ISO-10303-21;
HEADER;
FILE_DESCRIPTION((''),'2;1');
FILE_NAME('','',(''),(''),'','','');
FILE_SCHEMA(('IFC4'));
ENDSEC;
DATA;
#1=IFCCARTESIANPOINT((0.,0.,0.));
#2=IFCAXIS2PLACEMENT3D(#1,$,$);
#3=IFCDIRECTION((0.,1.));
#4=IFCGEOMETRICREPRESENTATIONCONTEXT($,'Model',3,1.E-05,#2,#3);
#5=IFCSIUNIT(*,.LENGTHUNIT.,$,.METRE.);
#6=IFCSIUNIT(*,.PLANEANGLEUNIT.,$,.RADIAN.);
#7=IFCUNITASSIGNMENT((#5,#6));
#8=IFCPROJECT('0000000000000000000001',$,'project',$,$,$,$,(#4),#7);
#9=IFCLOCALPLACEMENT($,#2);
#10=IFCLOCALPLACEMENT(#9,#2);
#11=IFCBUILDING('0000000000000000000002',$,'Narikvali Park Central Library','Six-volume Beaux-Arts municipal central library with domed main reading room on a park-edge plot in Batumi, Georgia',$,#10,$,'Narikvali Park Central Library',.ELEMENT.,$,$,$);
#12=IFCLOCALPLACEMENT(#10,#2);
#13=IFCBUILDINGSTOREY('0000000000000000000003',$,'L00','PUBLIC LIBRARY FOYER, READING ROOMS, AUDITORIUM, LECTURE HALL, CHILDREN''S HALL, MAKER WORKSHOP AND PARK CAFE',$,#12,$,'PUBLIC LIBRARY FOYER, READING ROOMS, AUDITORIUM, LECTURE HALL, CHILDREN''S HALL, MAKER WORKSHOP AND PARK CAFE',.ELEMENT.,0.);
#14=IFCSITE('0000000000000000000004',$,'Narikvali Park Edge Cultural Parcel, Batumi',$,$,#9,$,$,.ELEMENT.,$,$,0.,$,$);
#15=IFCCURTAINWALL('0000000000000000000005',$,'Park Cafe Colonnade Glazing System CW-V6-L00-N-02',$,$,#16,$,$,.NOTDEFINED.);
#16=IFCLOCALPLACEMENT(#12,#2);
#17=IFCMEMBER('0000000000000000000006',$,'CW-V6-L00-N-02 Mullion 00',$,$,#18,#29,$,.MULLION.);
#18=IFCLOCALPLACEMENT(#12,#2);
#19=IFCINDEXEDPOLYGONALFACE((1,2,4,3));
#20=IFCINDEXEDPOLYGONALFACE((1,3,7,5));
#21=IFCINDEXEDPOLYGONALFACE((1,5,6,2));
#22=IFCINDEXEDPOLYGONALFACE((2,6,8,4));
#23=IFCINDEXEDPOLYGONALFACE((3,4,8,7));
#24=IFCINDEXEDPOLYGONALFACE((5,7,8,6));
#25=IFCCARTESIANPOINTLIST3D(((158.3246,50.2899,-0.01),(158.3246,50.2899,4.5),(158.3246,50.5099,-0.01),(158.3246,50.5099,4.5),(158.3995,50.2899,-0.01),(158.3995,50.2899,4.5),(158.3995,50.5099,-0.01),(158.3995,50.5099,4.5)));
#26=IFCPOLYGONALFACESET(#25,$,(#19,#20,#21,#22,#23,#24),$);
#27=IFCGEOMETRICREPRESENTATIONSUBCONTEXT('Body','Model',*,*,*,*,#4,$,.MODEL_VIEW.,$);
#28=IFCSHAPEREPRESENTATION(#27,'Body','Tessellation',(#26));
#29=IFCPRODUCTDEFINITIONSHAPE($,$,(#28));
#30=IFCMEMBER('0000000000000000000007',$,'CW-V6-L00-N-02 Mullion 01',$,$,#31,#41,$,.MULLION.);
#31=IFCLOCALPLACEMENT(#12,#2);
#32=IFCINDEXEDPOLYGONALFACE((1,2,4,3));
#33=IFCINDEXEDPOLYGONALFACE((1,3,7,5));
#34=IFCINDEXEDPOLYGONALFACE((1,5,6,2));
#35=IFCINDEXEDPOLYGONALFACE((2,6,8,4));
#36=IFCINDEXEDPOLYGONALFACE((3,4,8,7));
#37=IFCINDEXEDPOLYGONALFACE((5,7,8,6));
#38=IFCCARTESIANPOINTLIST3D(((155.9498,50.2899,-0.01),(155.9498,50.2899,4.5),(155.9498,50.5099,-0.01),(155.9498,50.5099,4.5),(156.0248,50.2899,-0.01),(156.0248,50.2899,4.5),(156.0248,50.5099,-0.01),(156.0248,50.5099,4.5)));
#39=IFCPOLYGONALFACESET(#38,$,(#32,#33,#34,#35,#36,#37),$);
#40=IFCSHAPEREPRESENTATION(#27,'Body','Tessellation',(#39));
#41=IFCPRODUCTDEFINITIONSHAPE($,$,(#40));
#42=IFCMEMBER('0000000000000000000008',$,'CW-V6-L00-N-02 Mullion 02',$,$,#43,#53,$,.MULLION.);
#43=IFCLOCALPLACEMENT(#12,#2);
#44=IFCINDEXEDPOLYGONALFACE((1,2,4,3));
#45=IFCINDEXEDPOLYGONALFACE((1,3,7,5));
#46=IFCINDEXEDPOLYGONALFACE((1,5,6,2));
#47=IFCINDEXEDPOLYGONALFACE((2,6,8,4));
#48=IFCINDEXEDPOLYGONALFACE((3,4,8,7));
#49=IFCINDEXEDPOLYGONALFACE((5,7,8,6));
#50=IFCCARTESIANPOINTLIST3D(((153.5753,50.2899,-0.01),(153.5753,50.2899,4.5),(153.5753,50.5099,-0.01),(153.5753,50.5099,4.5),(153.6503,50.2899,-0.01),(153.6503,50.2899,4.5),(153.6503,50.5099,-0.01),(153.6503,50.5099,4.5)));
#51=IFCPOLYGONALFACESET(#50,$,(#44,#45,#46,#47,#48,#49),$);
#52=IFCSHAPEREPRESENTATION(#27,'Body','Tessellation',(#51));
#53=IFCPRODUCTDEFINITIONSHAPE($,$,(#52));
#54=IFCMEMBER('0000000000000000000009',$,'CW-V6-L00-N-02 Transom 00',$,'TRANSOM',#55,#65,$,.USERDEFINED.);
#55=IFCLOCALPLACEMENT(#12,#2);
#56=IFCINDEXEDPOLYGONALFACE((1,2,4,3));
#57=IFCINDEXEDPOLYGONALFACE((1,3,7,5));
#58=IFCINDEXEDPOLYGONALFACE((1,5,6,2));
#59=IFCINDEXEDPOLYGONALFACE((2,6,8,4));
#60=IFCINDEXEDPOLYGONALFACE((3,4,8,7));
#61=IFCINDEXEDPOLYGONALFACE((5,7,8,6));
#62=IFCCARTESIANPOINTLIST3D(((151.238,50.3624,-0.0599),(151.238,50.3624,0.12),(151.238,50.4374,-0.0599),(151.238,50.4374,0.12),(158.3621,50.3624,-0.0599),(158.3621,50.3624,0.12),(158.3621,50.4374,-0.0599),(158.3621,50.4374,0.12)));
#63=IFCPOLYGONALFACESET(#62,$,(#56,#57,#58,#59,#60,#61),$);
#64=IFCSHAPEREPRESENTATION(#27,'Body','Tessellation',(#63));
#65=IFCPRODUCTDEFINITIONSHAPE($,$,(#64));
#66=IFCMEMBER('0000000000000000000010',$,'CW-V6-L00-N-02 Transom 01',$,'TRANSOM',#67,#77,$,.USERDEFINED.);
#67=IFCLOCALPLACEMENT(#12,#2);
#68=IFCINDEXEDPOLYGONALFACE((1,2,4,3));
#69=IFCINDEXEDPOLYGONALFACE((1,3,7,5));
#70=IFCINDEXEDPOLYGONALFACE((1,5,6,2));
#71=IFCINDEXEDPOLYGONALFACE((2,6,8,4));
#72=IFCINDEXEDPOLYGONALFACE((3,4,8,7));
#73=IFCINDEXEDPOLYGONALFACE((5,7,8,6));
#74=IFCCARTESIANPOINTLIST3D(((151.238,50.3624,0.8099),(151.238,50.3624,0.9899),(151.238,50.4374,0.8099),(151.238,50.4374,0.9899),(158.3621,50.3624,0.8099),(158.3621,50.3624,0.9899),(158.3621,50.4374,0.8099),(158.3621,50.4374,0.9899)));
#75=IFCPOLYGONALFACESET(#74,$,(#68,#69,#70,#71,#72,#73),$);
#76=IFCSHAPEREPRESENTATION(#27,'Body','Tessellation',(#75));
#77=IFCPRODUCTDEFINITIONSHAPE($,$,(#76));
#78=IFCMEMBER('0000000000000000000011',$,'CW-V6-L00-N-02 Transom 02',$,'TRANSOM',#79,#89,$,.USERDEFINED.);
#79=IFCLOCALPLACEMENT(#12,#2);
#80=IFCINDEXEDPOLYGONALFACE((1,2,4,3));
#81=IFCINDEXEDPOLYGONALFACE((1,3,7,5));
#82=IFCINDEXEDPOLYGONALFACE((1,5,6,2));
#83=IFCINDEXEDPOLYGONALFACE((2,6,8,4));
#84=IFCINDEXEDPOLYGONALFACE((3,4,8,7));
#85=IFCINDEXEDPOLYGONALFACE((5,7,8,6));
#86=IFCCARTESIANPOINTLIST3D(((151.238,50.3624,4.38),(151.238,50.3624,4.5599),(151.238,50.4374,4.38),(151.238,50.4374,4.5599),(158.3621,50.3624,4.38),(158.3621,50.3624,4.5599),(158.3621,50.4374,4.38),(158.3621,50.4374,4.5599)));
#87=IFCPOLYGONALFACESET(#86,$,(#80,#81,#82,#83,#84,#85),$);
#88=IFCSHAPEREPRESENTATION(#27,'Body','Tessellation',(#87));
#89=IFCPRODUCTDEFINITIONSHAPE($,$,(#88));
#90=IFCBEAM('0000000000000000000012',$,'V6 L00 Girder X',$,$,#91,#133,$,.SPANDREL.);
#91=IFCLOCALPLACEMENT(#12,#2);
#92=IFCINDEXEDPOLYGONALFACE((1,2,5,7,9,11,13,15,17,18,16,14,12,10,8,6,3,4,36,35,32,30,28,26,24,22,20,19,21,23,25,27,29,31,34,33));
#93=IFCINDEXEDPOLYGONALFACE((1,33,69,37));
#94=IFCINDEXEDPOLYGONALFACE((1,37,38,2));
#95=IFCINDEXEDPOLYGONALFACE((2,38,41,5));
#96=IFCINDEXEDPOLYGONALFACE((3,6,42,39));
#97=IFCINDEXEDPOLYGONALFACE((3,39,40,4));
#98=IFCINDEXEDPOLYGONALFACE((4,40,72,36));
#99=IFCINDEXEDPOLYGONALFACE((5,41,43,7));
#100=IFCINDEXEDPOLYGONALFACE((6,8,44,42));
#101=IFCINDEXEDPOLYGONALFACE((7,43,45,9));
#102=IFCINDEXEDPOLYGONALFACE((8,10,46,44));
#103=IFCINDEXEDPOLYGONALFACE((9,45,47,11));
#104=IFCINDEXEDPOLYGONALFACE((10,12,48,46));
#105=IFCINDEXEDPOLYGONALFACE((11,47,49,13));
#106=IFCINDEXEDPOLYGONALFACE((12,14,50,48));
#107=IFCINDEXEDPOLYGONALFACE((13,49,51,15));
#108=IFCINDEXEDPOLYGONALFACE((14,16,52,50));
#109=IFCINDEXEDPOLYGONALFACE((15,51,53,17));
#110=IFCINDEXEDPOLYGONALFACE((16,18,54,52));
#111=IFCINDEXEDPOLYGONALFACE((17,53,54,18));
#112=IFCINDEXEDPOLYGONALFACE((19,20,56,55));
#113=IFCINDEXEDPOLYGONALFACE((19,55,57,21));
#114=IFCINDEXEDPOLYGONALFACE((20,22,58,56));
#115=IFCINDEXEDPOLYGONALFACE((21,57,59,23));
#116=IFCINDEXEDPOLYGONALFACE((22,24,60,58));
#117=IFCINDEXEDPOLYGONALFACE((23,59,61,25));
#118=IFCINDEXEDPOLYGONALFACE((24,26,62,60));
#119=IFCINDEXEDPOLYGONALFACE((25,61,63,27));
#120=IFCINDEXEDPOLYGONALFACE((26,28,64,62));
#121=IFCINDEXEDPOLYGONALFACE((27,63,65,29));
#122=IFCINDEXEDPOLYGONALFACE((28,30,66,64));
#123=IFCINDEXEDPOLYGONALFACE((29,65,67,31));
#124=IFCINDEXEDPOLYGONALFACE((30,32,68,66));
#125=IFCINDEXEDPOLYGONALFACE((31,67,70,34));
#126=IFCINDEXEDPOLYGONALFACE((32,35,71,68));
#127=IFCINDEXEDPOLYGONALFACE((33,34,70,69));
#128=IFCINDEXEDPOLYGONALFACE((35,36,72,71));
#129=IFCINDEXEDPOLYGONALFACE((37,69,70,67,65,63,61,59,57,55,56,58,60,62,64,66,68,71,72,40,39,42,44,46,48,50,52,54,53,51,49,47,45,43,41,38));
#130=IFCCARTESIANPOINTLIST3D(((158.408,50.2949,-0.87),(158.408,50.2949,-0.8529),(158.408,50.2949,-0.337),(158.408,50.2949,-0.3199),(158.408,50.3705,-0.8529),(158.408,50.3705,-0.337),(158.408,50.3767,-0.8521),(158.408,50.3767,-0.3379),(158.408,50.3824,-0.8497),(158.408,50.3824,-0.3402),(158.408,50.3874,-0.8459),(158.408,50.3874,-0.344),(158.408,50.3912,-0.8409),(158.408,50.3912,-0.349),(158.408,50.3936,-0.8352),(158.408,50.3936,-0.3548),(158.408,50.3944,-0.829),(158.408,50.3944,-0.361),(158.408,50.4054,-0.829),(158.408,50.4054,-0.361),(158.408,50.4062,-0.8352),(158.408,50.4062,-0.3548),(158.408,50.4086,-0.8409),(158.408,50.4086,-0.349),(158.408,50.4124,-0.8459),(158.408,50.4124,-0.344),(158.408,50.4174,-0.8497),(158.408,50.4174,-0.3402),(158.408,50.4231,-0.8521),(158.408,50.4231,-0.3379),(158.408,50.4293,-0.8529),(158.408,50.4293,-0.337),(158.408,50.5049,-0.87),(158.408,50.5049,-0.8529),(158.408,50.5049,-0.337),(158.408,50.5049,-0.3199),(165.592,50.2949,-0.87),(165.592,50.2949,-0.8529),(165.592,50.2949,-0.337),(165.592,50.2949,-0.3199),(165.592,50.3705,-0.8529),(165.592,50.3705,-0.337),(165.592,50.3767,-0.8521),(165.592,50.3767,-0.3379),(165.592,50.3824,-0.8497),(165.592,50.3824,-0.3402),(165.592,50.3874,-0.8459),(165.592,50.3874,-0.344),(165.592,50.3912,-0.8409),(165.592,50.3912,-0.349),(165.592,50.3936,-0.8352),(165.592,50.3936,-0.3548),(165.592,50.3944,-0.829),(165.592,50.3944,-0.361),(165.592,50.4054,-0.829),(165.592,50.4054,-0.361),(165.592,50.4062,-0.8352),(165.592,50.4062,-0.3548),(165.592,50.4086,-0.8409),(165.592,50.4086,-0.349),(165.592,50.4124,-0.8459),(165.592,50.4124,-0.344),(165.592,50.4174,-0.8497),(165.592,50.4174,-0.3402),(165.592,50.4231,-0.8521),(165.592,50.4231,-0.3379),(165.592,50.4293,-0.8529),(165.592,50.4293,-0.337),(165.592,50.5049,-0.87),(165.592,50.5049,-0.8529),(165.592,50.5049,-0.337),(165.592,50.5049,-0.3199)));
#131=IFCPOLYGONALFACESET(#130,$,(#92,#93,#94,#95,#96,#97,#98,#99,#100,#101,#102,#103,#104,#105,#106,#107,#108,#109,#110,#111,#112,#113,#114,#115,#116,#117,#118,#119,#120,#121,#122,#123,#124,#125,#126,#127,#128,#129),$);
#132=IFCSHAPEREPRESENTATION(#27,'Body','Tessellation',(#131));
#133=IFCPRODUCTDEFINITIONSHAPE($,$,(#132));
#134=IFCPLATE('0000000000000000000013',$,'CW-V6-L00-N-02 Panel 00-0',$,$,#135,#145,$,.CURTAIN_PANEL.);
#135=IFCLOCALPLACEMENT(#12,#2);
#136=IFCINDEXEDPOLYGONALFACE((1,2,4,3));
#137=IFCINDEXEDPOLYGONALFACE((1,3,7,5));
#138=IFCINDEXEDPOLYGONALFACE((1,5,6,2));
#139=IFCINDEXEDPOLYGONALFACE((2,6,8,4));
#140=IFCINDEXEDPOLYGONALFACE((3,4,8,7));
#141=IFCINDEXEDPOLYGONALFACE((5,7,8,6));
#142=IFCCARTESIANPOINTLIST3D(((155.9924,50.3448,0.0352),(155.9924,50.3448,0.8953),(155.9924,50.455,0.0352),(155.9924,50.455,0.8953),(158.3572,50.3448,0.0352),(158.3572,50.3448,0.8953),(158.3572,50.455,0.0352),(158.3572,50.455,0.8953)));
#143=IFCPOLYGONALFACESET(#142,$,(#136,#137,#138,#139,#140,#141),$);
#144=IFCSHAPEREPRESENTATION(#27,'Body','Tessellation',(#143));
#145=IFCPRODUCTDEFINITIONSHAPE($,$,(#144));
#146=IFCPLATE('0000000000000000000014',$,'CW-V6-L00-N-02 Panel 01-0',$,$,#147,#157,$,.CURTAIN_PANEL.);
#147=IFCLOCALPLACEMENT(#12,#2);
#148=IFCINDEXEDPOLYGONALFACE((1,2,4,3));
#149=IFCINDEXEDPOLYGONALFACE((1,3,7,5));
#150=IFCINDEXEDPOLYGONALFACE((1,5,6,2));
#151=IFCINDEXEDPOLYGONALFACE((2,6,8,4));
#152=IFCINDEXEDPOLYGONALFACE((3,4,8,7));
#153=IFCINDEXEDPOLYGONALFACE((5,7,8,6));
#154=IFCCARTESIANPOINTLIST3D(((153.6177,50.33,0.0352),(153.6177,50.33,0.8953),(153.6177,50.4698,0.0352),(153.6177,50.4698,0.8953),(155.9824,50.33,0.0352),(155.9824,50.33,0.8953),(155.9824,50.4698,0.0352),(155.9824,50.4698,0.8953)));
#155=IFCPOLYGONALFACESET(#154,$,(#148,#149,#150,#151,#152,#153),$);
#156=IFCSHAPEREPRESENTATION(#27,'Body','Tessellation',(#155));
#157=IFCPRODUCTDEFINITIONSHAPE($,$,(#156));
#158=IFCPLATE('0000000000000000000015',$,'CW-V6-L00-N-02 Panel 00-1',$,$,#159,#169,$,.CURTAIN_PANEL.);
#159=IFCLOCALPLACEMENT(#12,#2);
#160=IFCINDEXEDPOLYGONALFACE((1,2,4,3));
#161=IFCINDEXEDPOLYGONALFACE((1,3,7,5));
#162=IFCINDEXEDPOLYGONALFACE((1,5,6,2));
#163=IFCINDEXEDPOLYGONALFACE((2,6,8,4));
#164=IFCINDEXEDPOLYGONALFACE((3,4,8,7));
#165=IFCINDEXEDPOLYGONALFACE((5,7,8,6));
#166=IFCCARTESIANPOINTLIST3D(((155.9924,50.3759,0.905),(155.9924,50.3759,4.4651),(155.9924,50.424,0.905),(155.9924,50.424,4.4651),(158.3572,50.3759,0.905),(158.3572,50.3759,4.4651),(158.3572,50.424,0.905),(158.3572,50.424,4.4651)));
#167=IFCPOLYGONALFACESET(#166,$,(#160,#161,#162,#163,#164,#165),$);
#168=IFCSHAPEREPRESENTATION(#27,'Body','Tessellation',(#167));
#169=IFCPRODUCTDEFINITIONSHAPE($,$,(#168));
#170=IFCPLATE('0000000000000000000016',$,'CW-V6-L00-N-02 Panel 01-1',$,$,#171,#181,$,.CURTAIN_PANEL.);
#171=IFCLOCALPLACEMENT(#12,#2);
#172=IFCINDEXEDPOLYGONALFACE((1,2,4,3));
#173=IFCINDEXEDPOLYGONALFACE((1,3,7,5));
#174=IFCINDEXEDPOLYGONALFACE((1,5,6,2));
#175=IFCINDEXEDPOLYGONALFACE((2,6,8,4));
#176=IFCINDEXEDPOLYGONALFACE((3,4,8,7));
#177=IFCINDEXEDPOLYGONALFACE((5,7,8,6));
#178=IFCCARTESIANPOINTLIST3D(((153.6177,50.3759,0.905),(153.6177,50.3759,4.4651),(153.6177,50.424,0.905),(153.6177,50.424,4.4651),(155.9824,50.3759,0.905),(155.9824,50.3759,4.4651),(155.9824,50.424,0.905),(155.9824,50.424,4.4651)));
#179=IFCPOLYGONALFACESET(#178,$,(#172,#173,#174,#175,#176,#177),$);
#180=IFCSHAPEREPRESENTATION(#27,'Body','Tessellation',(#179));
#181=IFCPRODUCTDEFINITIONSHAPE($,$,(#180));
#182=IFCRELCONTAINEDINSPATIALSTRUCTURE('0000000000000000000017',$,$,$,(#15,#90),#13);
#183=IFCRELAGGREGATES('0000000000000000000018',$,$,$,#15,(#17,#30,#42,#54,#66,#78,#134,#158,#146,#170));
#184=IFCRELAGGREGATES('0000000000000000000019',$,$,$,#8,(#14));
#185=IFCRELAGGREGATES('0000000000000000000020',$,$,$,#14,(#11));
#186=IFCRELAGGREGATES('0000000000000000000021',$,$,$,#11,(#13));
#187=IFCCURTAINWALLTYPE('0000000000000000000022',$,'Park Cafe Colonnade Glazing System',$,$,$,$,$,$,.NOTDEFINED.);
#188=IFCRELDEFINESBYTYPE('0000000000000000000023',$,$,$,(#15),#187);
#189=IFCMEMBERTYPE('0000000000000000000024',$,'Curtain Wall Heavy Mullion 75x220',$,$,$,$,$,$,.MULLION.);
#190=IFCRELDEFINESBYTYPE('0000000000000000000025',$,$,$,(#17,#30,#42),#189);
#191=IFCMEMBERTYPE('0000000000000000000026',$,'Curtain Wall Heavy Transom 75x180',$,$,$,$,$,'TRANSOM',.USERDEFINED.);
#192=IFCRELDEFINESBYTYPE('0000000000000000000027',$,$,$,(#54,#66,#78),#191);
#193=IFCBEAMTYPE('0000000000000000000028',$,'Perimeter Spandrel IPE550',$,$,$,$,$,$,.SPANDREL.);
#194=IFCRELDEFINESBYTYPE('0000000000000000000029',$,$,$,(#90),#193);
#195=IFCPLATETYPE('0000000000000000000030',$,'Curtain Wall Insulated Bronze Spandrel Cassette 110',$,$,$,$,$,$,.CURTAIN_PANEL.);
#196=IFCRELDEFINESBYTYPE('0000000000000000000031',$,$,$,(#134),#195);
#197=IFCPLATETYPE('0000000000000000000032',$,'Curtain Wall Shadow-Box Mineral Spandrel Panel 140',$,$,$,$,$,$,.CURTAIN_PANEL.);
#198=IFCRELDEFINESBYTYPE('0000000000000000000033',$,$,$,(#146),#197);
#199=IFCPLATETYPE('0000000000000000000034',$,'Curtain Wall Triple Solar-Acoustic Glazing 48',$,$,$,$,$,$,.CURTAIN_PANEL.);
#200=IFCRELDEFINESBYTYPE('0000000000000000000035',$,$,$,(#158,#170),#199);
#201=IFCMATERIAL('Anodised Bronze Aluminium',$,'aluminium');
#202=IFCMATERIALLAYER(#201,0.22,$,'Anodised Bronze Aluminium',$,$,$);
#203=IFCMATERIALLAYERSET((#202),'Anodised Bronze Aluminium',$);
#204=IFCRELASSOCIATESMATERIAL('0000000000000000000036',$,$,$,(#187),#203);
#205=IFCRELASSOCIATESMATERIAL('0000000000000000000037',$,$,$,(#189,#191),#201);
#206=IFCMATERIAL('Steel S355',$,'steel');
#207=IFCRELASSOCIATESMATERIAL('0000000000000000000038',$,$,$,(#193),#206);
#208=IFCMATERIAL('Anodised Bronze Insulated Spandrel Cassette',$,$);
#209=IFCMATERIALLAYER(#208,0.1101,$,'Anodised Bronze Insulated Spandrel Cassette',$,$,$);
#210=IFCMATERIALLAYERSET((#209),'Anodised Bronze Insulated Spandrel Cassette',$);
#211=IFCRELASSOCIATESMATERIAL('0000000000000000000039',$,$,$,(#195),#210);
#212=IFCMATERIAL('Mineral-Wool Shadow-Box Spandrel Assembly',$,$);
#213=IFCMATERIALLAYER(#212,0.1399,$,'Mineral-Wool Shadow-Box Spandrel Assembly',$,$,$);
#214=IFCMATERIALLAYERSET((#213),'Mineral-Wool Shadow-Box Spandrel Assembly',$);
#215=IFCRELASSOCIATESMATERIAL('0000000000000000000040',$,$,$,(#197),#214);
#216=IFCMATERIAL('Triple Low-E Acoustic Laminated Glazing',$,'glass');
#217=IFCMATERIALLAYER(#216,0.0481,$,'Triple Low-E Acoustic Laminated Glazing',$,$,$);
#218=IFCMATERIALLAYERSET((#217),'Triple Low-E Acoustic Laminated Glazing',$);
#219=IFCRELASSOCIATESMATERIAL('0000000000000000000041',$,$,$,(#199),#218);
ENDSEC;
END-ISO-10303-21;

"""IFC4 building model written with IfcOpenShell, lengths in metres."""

from ifc_helpers import new_model, si_unit, direction, frame, origin, origin_2d, place, context, subcontext, project, spatial, rectangle, i_section, extrude, material, layer, layer_set, material_profile, profile_set, type_object, element, aggregate, save


model = new_model("IFC4")

# Units and contexts
model_context = context("Model", 3, precision=1e-05, world=origin(), true_north=direction((0.0, 1.0)))
body_context = subcontext(model_context, "Body", "Model", "MODEL_VIEW")
ifc_project = project(units=[si_unit("LENGTHUNIT", "METRE"), si_unit("PLANEANGLEUNIT", "RADIAN")], contexts=[model_context])

# Site, building, storey
site_placement = place(None, origin())
site = spatial("IfcSite", under=ifc_project, at=site_placement, Name="Narikvali Park Edge Cultural Parcel, Batumi", CompositionType="ELEMENT", RefElevation=0.0)
building_placement = place(site_placement, origin())
building = spatial("IfcBuilding", under=site, at=building_placement, Name="Narikvali Park Central Library", Description="Six-volume Beaux-Arts municipal central library with domed main reading room on a park-edge plot in Batumi, Georgia", LongName="Narikvali Park Central Library", CompositionType="ELEMENT")
storey_placement = place(building_placement, origin())
storey = spatial("IfcBuildingStorey", under=building, at=storey_placement, Name="L00", Description="PUBLIC LIBRARY FOYER, READING ROOMS, AUDITORIUM, LECTURE HALL, CHILDREN'S HALL, MAKER WORKSHOP AND PARK CAFE", LongName="PUBLIC LIBRARY FOYER, READING ROOMS, AUDITORIUM, LECTURE HALL, CHILDREN'S HALL, MAKER WORKSHOP AND PARK CAFE", CompositionType="ELEMENT", Elevation=0.0)

# Shared definitions
ifc_material_1 = material(Name="Steel S355", Category="steel")

# Curtain wall, members
ifc_material_2 = material(Name="Anodised Bronze Aluminium", Category="aluminium")
ifc_layer_1 = layer(ifc_material_2, 0.22, Name="Anodised Bronze Aluminium")
ifc_layer_set_1 = layer_set([ifc_layer_1], Name="Anodised Bronze Aluminium")
curtain_wall_type = type_object("IfcCurtainWallType", Name="Park Cafe Colonnade Glazing System", PredefinedType="NOTDEFINED", material=ifc_layer_set_1)
curtain_wall_placement = place(storey_placement, origin())
curtain_wall = element("IfcCurtainWall", 1, at=curtain_wall_placement, inside=storey, type_object=curtain_wall_type, Name="Park Cafe Colonnade Glazing System CW-V6-L00-N-02", PredefinedType="NOTDEFINED")
ifc_material_profile_1 = material_profile(ifc_material_2, rectangle(XDim=0.075, YDim=0.22, at=origin_2d()), Name="CW MULLION 75x220")
ifc_profile_set_1 = profile_set([ifc_material_profile_1], Name="Anodised Bronze Aluminium")
member_type_1 = type_object("IfcMemberType", Name="Curtain Wall Heavy Mullion 75x220", PredefinedType="MULLION", material=ifc_profile_set_1)
member_1_placement = place(storey_placement, frame((158.3621, 50.3999, -0.01), z_axis=(0.0, 0.0, 1.0), x_axis=(1.0, 0.0, 0.0)))
member_1 = element("IfcMember", 2, at=member_1_placement, type_object=member_type_1, Name="CW-V6-L00-N-02 Mullion 00", PredefinedType="MULLION", context=body_context, shape_type="SweptSolid", body=[
    extrude(rectangle(XDim=0.075, YDim=0.22, at=origin_2d()), origin(), (0.0, 0.0, 1.0), 4.51),
])
member_2_placement = place(storey_placement, frame((155.9873, 50.3999, -0.01), z_axis=(0.0, 0.0, 1.0), x_axis=(1.0, 0.0, 0.0)))
member_2 = element("IfcMember", 3, at=member_2_placement, type_object=member_type_1, Name="CW-V6-L00-N-02 Mullion 01", PredefinedType="MULLION", context=body_context, shape_type="SweptSolid", body=[
    extrude(rectangle(XDim=0.075, YDim=0.22, at=origin_2d()), origin(), (0.0, 0.0, 1.0), 4.51),
])
member_3_placement = place(storey_placement, frame((153.6128, 50.3999, -0.01), z_axis=(0.0, 0.0, 1.0), x_axis=(1.0, 0.0, 0.0)))
member_3 = element("IfcMember", 4, at=member_3_placement, type_object=member_type_1, Name="CW-V6-L00-N-02 Mullion 02", PredefinedType="MULLION", context=body_context, shape_type="SweptSolid", body=[
    extrude(rectangle(XDim=0.075, YDim=0.22, at=origin_2d()), origin(), (0.0, 0.0, 1.0), 4.51),
])
ifc_material_profile_2 = material_profile(ifc_material_2, rectangle(XDim=0.075, YDim=0.1799, at=origin_2d()), Name="CW TRANSOM 75x180")
ifc_profile_set_2 = profile_set([ifc_material_profile_2], Name="Anodised Bronze Aluminium")
member_type_2 = type_object("IfcMemberType", Name="Curtain Wall Heavy Transom 75x180", ElementType="TRANSOM", PredefinedType="USERDEFINED", material=ifc_profile_set_2)
member_4_placement = place(storey_placement, frame((158.3621, 50.3999, 0.03), z_axis=(-1.0, 0.0, 0.0), x_axis=(0.0, -1.0, 0.0)))
member_4 = element("IfcMember", 5, at=member_4_placement, type_object=member_type_2, Name="CW-V6-L00-N-02 Transom 00", ObjectType="TRANSOM", PredefinedType="USERDEFINED", context=body_context, shape_type="SweptSolid", body=[
    extrude(rectangle(XDim=0.075, YDim=0.1799, at=origin_2d()), origin(), (0.0, 0.0, 1.0), 7.124),
])
member_5_placement = place(storey_placement, frame((158.3621, 50.3999, 0.8999), z_axis=(-1.0, 0.0, 0.0), x_axis=(0.0, -1.0, 0.0)))
member_5 = element("IfcMember", 6, at=member_5_placement, type_object=member_type_2, Name="CW-V6-L00-N-02 Transom 01", ObjectType="TRANSOM", PredefinedType="USERDEFINED", context=body_context, shape_type="SweptSolid", body=[
    extrude(rectangle(XDim=0.075, YDim=0.1799, at=origin_2d()), origin(), (0.0, 0.0, 1.0), 7.124),
])
member_6_placement = place(storey_placement, frame((158.3621, 50.3999, 4.47), z_axis=(-1.0, 0.0, 0.0), x_axis=(0.0, -1.0, 0.0)))
member_6 = element("IfcMember", 7, at=member_6_placement, type_object=member_type_2, Name="CW-V6-L00-N-02 Transom 02", ObjectType="TRANSOM", PredefinedType="USERDEFINED", context=body_context, shape_type="SweptSolid", body=[
    extrude(rectangle(XDim=0.075, YDim=0.1799, at=origin_2d()), origin(), (0.0, 0.0, 1.0), 7.124),
])

# Beam
ifc_material_profile_3 = material_profile(ifc_material_1, i_section(OverallWidth=0.21, OverallDepth=0.55, WebThickness=0.011, FlangeThickness=0.0171, FilletRadius=0.0239, at=origin_2d()), Name="IPE 550")
ifc_profile_set_3 = profile_set([ifc_material_profile_3], Name="Steel S355")
beam_type_1 = type_object("IfcBeamType", Name="Perimeter Spandrel IPE550", PredefinedType="SPANDREL", material=ifc_profile_set_3)
beam_1_placement = place(storey_placement, frame((158.408, 50.3999, -0.595), z_axis=(1.0, 0.0, 0.0), x_axis=(0.0, 1.0, 0.0)))
element("IfcBeam", 8, at=beam_1_placement, inside=storey, type_object=beam_type_1, Name="V6 L00 Girder X", PredefinedType="SPANDREL", context=body_context, shape_type="SweptSolid", body=[
    extrude(i_section(OverallWidth=0.21, OverallDepth=0.55, WebThickness=0.011, FlangeThickness=0.0171, FilletRadius=0.0239, at=origin_2d()), origin(), (0.0, 0.0, 1.0), 7.1841),
])

# Plates
ifc_material_3 = material(Name="Anodised Bronze Insulated Spandrel Cassette")
ifc_layer_2 = layer(ifc_material_3, 0.1101, Name="Anodised Bronze Insulated Spandrel Cassette")
ifc_layer_set_2 = layer_set([ifc_layer_2], Name="Anodised Bronze Insulated Spandrel Cassette")
plate_type_1 = type_object("IfcPlateType", Name="Curtain Wall Insulated Bronze Spandrel Cassette 110", PredefinedType="CURTAIN_PANEL", material=ifc_layer_set_2)
plate_1_placement = place(storey_placement, frame((157.1748, 50.3999, 0.0352), z_axis=(0.0, 0.0, 1.0), x_axis=(-1.0, 0.0, 0.0)))
plate_1 = element("IfcPlate", 9, at=plate_1_placement, type_object=plate_type_1, Name="CW-V6-L00-N-02 Panel 00-0", PredefinedType="CURTAIN_PANEL", context=body_context, shape_type="SweptSolid", body=[
    extrude(rectangle(XDim=2.3647, YDim=0.1101, at=origin_2d()), origin(), (0.0, 0.0, 1.0), 0.8601),
])
ifc_material_4 = material(Name="Mineral-Wool Shadow-Box Spandrel Assembly")
ifc_layer_3 = layer(ifc_material_4, 0.1399, Name="Mineral-Wool Shadow-Box Spandrel Assembly")
ifc_layer_set_3 = layer_set([ifc_layer_3], Name="Mineral-Wool Shadow-Box Spandrel Assembly")
plate_type_2 = type_object("IfcPlateType", Name="Curtain Wall Shadow-Box Mineral Spandrel Panel 140", PredefinedType="CURTAIN_PANEL", material=ifc_layer_set_3)
plate_2_placement = place(storey_placement, frame((154.8, 50.3999, 0.0352), z_axis=(0.0, 0.0, 1.0), x_axis=(-1.0, 0.0, 0.0)))
plate_2 = element("IfcPlate", 10, at=plate_2_placement, type_object=plate_type_2, Name="CW-V6-L00-N-02 Panel 01-0", PredefinedType="CURTAIN_PANEL", context=body_context, shape_type="SweptSolid", body=[
    extrude(rectangle(XDim=2.3647, YDim=0.1399, at=origin_2d()), origin(), (0.0, 0.0, 1.0), 0.8601),
])
ifc_material_5 = material(Name="Triple Low-E Acoustic Laminated Glazing", Category="glass")
ifc_layer_4 = layer(ifc_material_5, 0.0481, Name="Triple Low-E Acoustic Laminated Glazing")
ifc_layer_set_4 = layer_set([ifc_layer_4], Name="Triple Low-E Acoustic Laminated Glazing")
plate_type_3 = type_object("IfcPlateType", Name="Curtain Wall Triple Solar-Acoustic Glazing 48", PredefinedType="CURTAIN_PANEL", material=ifc_layer_set_4)
plate_3_placement = place(storey_placement, frame((157.1748, 50.3999, 0.905), z_axis=(0.0, 0.0, 1.0), x_axis=(-1.0, 0.0, 0.0)))
plate_3 = element("IfcPlate", 11, at=plate_3_placement, type_object=plate_type_3, Name="CW-V6-L00-N-02 Panel 00-1", PredefinedType="CURTAIN_PANEL", context=body_context, shape_type="SweptSolid", body=[
    extrude(rectangle(XDim=2.3647, YDim=0.0481, at=origin_2d()), origin(), (0.0, 0.0, 1.0), 3.5601),
])
plate_4_placement = place(storey_placement, frame((154.8, 50.3999, 0.905), z_axis=(0.0, 0.0, 1.0), x_axis=(-1.0, 0.0, 0.0)))
plate_4 = element("IfcPlate", 12, at=plate_4_placement, type_object=plate_type_3, Name="CW-V6-L00-N-02 Panel 01-1", PredefinedType="CURTAIN_PANEL", context=body_context, shape_type="SweptSolid", body=[
    extrude(rectangle(XDim=2.3647, YDim=0.0481, at=origin_2d()), origin(), (0.0, 0.0, 1.0), 3.5601),
])
aggregate(curtain_wall, [member_1, member_2, member_3, member_4, member_5, member_6, plate_1, plate_3, plate_2, plate_4])

save(model, "model.ifc")
